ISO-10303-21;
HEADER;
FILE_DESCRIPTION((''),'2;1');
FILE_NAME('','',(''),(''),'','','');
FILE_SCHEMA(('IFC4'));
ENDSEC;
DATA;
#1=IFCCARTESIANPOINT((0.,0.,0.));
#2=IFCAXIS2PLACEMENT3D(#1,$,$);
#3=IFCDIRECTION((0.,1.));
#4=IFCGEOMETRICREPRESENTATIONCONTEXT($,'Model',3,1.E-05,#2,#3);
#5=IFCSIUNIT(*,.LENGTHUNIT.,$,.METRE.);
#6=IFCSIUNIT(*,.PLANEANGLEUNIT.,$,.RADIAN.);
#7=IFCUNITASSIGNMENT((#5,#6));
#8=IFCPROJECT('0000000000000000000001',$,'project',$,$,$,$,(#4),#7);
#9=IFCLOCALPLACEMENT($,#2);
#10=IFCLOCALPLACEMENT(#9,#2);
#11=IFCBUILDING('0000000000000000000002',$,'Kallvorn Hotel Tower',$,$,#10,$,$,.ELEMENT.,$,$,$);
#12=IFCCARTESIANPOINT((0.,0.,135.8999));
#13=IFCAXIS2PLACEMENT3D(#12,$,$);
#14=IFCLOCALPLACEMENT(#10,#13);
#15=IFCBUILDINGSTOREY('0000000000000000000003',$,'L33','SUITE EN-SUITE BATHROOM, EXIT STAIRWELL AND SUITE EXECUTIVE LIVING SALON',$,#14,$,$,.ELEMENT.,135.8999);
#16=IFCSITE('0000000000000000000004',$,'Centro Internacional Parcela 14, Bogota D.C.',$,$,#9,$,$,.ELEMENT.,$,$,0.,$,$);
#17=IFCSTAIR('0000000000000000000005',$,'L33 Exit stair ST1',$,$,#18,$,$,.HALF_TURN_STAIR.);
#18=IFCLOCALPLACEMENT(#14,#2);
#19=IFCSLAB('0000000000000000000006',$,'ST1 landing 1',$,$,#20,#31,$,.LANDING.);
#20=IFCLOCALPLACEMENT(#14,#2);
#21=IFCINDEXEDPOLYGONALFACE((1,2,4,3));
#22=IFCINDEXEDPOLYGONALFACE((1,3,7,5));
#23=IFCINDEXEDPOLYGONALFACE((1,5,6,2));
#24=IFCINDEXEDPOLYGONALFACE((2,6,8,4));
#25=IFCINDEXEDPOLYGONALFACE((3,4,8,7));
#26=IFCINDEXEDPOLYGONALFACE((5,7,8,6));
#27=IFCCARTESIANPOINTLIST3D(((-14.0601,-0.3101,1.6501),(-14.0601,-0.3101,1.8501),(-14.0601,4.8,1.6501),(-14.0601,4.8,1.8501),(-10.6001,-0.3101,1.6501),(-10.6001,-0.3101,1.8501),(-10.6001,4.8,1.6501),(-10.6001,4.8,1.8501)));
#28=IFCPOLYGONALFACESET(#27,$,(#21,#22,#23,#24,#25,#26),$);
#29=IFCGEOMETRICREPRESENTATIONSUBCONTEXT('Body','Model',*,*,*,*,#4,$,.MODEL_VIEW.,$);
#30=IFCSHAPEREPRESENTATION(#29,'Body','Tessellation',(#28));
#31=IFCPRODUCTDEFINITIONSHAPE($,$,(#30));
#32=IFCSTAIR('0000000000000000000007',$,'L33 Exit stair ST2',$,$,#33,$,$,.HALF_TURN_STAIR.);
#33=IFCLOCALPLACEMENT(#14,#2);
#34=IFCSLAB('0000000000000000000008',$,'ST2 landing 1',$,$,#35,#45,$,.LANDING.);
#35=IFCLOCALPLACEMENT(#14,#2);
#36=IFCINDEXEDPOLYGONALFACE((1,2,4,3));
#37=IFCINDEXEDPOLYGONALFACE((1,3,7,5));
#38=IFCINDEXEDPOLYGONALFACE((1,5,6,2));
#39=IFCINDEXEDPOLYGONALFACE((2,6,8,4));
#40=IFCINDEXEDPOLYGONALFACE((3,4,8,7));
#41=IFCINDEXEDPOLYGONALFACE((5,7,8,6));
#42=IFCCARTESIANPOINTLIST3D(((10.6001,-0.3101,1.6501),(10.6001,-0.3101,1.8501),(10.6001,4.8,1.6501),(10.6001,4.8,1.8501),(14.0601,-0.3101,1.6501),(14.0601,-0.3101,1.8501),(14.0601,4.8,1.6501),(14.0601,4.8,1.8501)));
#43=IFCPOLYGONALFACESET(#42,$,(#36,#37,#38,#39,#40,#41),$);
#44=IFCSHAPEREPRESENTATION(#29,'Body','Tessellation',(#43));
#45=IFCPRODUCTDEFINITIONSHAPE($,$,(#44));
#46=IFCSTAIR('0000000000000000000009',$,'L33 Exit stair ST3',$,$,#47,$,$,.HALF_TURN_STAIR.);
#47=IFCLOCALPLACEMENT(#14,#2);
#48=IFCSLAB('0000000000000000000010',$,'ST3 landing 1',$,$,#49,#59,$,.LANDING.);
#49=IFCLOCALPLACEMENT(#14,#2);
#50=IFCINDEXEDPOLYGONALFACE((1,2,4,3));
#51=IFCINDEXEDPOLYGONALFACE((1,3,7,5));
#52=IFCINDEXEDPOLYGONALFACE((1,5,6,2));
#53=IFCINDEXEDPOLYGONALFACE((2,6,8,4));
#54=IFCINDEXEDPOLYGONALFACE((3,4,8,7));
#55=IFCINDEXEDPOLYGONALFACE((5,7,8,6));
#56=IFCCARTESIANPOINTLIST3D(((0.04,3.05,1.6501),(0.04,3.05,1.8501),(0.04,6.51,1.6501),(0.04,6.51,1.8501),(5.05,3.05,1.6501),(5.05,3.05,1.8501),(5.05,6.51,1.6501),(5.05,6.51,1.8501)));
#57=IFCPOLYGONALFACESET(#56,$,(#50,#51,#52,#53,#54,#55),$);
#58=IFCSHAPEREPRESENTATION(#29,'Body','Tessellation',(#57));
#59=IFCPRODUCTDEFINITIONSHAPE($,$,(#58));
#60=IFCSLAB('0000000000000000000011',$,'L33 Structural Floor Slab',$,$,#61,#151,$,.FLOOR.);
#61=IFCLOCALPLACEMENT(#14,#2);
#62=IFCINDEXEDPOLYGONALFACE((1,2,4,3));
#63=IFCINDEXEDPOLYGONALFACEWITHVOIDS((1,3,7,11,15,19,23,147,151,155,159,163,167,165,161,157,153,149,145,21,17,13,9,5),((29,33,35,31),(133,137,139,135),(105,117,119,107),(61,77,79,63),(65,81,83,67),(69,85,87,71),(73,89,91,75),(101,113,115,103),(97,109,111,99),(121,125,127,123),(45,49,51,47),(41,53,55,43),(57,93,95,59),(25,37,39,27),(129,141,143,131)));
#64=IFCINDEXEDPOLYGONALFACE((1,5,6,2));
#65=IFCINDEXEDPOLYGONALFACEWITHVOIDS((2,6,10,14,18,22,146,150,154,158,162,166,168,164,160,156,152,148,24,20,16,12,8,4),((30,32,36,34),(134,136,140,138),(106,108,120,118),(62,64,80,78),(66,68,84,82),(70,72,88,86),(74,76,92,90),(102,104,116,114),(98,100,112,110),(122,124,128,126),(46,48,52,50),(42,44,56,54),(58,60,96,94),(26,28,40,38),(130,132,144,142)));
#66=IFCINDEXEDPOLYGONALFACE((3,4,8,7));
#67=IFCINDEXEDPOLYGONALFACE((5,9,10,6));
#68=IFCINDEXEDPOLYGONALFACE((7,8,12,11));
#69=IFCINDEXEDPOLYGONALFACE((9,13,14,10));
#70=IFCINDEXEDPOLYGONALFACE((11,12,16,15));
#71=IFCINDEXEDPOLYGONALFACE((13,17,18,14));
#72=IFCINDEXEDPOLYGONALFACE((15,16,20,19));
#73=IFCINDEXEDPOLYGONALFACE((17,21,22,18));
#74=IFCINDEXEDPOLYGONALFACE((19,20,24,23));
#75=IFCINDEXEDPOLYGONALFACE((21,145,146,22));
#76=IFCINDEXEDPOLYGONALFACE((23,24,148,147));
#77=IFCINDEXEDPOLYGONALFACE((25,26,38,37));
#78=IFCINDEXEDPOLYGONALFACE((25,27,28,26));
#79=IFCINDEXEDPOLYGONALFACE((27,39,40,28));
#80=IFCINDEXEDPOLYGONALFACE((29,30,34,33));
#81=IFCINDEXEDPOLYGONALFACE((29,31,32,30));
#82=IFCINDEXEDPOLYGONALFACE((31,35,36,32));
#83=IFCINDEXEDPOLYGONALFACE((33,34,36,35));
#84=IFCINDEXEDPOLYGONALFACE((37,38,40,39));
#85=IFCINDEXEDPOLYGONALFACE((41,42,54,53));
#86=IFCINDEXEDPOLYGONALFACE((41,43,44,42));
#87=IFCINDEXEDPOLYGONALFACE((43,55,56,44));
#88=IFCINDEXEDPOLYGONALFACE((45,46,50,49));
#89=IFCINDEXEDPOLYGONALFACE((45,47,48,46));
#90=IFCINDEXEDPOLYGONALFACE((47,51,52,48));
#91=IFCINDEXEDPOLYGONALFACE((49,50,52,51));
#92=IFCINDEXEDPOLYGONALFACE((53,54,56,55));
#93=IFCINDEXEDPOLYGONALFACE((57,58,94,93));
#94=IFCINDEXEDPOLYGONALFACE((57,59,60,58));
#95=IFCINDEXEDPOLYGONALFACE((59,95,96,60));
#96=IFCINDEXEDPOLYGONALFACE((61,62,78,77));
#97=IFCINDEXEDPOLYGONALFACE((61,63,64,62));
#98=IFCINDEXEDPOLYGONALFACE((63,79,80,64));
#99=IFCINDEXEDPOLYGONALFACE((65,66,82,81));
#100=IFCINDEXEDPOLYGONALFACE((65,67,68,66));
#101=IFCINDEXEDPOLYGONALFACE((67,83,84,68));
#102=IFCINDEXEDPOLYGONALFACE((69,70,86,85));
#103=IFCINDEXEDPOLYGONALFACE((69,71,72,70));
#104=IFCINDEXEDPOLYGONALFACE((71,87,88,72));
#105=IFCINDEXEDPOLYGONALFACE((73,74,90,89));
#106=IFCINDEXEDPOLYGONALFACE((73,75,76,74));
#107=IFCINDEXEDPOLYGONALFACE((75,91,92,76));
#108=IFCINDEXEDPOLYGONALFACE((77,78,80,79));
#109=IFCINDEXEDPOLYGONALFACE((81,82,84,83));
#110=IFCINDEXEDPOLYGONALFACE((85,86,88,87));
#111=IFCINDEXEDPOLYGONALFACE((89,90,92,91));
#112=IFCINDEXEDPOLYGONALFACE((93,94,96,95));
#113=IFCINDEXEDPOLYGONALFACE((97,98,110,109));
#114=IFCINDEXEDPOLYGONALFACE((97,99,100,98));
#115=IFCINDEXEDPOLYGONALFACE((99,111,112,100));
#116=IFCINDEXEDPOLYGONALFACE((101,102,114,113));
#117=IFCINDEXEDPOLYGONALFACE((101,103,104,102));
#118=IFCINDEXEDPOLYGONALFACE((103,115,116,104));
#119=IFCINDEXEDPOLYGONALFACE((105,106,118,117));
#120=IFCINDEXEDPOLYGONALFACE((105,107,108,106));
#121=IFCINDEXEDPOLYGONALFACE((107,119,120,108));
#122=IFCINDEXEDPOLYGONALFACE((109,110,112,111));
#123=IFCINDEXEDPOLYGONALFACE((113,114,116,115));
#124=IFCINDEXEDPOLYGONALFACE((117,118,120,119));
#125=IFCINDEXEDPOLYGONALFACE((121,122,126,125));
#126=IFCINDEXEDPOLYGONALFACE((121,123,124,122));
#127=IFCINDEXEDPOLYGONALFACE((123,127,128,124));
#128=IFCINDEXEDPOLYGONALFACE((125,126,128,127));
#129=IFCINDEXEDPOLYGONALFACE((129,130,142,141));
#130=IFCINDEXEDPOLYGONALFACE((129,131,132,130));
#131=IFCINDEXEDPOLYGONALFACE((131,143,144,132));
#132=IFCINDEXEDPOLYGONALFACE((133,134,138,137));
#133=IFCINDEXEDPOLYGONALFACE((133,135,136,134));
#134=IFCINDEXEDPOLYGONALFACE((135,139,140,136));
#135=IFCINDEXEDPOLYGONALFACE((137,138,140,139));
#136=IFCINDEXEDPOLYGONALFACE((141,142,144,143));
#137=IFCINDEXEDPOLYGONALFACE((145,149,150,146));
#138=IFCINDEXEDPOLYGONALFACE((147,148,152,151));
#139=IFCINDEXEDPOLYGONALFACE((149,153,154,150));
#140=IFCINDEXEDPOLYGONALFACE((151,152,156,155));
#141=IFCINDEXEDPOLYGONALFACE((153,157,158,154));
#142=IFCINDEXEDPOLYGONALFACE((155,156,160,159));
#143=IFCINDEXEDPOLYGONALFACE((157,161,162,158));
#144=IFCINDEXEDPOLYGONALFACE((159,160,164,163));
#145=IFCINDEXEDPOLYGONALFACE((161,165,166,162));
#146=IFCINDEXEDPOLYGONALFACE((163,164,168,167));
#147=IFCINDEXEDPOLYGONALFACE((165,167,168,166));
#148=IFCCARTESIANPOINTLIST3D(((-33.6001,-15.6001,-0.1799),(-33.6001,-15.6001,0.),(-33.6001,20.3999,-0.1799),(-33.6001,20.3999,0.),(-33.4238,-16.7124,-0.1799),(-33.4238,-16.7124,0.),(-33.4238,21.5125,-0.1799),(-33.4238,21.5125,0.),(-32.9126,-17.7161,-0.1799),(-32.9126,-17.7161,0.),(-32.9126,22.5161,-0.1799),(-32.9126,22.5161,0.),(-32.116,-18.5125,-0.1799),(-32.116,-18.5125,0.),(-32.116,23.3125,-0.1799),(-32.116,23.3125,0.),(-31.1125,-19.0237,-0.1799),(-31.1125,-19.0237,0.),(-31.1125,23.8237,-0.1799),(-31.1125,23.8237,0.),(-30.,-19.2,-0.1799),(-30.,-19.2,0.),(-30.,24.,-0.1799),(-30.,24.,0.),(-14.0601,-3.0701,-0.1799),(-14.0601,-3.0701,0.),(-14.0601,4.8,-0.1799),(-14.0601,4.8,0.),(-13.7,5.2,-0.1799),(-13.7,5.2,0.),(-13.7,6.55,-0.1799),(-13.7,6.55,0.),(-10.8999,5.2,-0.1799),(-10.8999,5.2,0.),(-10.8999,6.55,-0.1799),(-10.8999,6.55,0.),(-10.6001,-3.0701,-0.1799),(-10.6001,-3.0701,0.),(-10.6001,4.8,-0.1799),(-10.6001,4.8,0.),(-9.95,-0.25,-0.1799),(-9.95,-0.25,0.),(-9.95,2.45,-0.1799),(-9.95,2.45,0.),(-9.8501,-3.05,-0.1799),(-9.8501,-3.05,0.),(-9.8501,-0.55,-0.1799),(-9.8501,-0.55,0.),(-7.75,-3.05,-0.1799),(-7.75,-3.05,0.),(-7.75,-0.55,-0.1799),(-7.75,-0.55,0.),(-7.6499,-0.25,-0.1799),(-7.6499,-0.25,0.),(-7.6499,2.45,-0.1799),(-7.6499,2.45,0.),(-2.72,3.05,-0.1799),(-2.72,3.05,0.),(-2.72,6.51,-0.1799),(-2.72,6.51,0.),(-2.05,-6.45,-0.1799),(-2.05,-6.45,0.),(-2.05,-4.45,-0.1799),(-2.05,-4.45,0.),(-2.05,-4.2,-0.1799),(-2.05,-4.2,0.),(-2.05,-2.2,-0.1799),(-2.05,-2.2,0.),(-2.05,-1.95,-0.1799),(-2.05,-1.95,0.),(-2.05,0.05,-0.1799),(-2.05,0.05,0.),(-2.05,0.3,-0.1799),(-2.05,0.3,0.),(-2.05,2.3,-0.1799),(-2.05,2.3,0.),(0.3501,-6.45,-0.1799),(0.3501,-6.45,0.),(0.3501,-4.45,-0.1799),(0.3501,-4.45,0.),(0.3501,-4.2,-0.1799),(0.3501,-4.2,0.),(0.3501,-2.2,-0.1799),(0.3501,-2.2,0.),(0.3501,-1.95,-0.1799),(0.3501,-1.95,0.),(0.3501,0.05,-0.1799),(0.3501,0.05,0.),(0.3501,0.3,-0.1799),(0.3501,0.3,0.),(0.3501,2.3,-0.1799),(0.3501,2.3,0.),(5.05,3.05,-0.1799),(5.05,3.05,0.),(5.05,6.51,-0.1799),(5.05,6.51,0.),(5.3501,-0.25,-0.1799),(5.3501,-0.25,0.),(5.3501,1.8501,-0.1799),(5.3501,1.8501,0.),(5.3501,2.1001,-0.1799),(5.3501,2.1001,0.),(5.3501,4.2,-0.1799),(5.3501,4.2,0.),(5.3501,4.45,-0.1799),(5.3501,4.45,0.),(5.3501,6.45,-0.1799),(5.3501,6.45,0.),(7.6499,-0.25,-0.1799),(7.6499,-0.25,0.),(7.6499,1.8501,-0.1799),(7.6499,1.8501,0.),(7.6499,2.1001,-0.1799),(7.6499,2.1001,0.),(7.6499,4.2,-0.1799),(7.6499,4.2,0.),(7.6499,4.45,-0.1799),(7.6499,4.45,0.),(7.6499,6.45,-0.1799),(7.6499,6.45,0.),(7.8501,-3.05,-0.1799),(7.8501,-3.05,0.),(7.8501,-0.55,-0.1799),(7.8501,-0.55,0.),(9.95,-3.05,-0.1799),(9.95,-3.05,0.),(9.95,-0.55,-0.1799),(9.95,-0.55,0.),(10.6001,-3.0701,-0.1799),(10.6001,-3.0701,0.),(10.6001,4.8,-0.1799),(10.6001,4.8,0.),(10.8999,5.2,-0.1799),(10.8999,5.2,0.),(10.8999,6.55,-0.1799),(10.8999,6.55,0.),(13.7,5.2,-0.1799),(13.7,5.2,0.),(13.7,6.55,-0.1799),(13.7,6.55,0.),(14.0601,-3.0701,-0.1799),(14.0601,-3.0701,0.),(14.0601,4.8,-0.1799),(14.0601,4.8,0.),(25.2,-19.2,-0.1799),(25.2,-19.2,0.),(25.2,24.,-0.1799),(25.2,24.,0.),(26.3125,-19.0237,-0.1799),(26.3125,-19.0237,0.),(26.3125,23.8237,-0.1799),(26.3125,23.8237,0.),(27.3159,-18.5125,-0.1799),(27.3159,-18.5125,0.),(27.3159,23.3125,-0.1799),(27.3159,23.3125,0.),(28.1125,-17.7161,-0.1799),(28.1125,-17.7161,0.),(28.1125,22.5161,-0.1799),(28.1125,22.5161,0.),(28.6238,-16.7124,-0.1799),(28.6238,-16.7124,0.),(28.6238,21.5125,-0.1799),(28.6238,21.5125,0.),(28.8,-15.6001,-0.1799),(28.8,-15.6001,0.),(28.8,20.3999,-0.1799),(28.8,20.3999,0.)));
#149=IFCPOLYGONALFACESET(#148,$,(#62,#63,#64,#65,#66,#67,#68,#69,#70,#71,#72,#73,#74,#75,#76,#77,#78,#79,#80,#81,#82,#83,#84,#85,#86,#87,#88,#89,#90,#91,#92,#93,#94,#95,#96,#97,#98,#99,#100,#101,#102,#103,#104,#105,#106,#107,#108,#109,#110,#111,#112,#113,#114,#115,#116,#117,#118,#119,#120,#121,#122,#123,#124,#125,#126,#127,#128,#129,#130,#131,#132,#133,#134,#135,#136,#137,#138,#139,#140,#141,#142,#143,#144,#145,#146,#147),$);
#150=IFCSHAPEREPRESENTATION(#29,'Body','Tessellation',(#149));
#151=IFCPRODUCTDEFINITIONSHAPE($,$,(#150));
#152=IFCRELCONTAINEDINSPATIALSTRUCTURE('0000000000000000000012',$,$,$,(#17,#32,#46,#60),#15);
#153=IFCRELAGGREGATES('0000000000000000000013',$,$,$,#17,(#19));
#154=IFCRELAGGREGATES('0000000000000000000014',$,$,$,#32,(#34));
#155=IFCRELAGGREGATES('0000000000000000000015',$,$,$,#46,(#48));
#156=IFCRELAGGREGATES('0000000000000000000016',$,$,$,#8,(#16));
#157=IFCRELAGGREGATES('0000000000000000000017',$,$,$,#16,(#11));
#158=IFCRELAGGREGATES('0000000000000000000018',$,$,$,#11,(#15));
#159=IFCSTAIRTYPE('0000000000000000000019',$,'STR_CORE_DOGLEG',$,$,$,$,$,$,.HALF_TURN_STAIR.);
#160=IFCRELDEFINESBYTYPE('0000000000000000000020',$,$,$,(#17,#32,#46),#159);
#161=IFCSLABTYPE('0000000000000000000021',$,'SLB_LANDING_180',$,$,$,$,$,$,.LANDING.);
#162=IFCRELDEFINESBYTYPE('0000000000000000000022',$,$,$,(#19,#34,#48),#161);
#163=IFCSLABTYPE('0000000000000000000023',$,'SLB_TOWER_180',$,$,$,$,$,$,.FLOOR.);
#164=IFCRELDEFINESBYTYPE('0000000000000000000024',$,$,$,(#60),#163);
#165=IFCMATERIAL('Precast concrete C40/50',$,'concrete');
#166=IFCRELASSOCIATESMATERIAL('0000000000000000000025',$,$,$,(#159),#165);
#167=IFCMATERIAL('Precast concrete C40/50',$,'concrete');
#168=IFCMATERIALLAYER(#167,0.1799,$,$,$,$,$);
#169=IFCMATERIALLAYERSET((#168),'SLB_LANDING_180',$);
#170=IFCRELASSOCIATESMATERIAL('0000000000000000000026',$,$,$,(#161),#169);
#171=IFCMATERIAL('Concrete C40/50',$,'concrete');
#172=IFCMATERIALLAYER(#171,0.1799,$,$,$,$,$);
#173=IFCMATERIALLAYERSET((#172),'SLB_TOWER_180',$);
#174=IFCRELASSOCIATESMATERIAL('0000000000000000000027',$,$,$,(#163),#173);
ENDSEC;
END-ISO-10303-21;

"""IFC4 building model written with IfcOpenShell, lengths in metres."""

from ifc_helpers import new_model, si_unit, direction, frame, origin, place, context, subcontext, project, spatial, polyline, outline, extrude, material, layer, layer_set, type_object, element, aggregate, save


model = new_model("IFC4")

# Units and contexts
model_context = context("Model", 3, precision=1e-05, world=origin(), true_north=direction((0.0, 1.0)))
body_context = subcontext(model_context, "Body", "Model", "MODEL_VIEW")
ifc_project = project(units=[si_unit("LENGTHUNIT", "METRE"), si_unit("PLANEANGLEUNIT", "RADIAN")], contexts=[model_context])

# Site, building, storey
site_placement = place(None, origin())
site = spatial("IfcSite", under=ifc_project, at=site_placement, Name="Centro Internacional Parcela 14, Bogota D.C.", CompositionType="ELEMENT", RefElevation=0.0)
building_placement = place(site_placement, origin())
building = spatial("IfcBuilding", under=site, at=building_placement, Name="Kallvorn Hotel Tower", CompositionType="ELEMENT")
storey_placement = place(building_placement, frame((0.0, 0.0, 135.8999)))
storey = spatial("IfcBuildingStorey", under=building, at=storey_placement, Name="L33", Description="SUITE EN-SUITE BATHROOM, EXIT STAIRWELL AND SUITE EXECUTIVE LIVING SALON", CompositionType="ELEMENT", Elevation=135.8999)

# Stairs, slabs
ifc_material_1 = material(Name="Precast concrete C40/50", Category="concrete")
stair_type = type_object("IfcStairType", Name="STR_CORE_DOGLEG", PredefinedType="HALF_TURN_STAIR", material=ifc_material_1)
stair_1_placement = place(storey_placement, origin())
stair_1 = element("IfcStair", 1, at=stair_1_placement, inside=storey, type_object=stair_type, Name="L33 Exit stair ST1", PredefinedType="HALF_TURN_STAIR")
ifc_material_2 = material(Name="Precast concrete C40/50", Category="concrete")
ifc_layer_1 = layer(ifc_material_2, 0.1799)
ifc_layer_set_1 = layer_set([ifc_layer_1], Name="SLB_LANDING_180")
slab_type_1 = type_object("IfcSlabType", Name="SLB_LANDING_180", PredefinedType="LANDING", material=ifc_layer_set_1)
slab_1_placement = place(storey_placement, frame((0.0, 0.0, 1.6501)))
slab_1 = element("IfcSlab", 2, at=slab_1_placement, type_object=slab_type_1, Name="ST1 landing 1", PredefinedType="LANDING", context=body_context, shape_type="SweptSolid", body=[
    extrude(outline(polyline([(-10.6001, -0.3101), (-10.6001, 4.8), (-14.0601, 4.8), (-14.0601, -0.3101), (-10.6001, -0.3101)])), origin(), (0.0, 0.0, 1.0), 0.2),
])
aggregate(stair_1, [slab_1])
stair_2_placement = place(storey_placement, origin())
stair_2 = element("IfcStair", 3, at=stair_2_placement, inside=storey, type_object=stair_type, Name="L33 Exit stair ST2", PredefinedType="HALF_TURN_STAIR")
slab_2_placement = place(storey_placement, frame((0.0, 0.0, 1.6501)))
slab_2 = element("IfcSlab", 4, at=slab_2_placement, type_object=slab_type_1, Name="ST2 landing 1", PredefinedType="LANDING", context=body_context, shape_type="SweptSolid", body=[
    extrude(outline(polyline([(14.0601, -0.3101), (14.0601, 4.8), (10.6001, 4.8), (10.6001, -0.3101), (14.0601, -0.3101)])), origin(), (0.0, 0.0, 1.0), 0.2),
])
aggregate(stair_2, [slab_2])
stair_3_placement = place(storey_placement, origin())
stair_3 = element("IfcStair", 5, at=stair_3_placement, inside=storey, type_object=stair_type, Name="L33 Exit stair ST3", PredefinedType="HALF_TURN_STAIR")
slab_3_placement = place(storey_placement, frame((0.0, 0.0, 1.6501)))
slab_3 = element("IfcSlab", 6, at=slab_3_placement, type_object=slab_type_1, Name="ST3 landing 1", PredefinedType="LANDING", context=body_context, shape_type="SweptSolid", body=[
    extrude(outline(polyline([(0.04, 3.05), (5.05, 3.05), (5.05, 6.51), (0.04, 6.51), (0.04, 3.05)])), origin(), (0.0, 0.0, 1.0), 0.2),
])
aggregate(stair_3, [slab_3])

# Slab
ifc_material_3 = material(Name="Concrete C40/50", Category="concrete")
ifc_layer_2 = layer(ifc_material_3, 0.1799)
ifc_layer_set_2 = layer_set([ifc_layer_2], Name="SLB_TOWER_180")
slab_type_2 = type_object("IfcSlabType", Name="SLB_TOWER_180", PredefinedType="FLOOR", material=ifc_layer_set_2)
slab_4_placement = place(storey_placement, frame((0.0, 0.0, -0.1799)))
element("IfcSlab", 7, at=slab_4_placement, inside=storey, type_object=slab_type_2, Name="L33 Structural Floor Slab", PredefinedType="FLOOR", context=body_context, shape_type="SweptSolid", body=[
    extrude(outline(polyline([(25.2, -19.2), (26.3125, -19.0237), (27.3159, -18.5125), (28.1125, -17.7161), (28.6238, -16.7124), (28.8, -15.6001), (28.8, 20.3999), (28.6238, 21.5125), (28.1125, 22.5161), (27.3159, 23.3125), (26.3125, 23.8237), (25.2, 24.0), (-30.0, 24.0), (-31.1125, 23.8237), (-32.116, 23.3125), (-32.9126, 22.5161), (-33.4238, 21.5125), (-33.6001, 20.3999), (-33.6001, -15.6001), (-33.4238, -16.7124), (-32.9126, -17.7161), (-32.116, -18.5125), (-31.1125, -19.0237), (-30.0, -19.2), (25.2, -19.2)]), holes=[polyline([(-10.6001, -3.0701), (-10.6001, 4.8), (-14.0601, 4.8), (-14.0601, -3.0701), (-10.6001, -3.0701)]), polyline([(14.0601, -3.0701), (14.0601, 4.8), (10.6001, 4.8), (10.6001, -3.0701), (14.0601, -3.0701)]), polyline([(-2.72, 3.05), (5.05, 3.05), (5.05, 6.51), (-2.72, 6.51), (-2.72, 3.05)]), polyline([(-2.05, -6.45), (0.3501, -6.45), (0.3501, -4.45), (-2.05, -4.45), (-2.05, -6.45)]), polyline([(-2.05, -4.2), (0.3501, -4.2), (0.3501, -2.2), (-2.05, -2.2), (-2.05, -4.2)]), polyline([(-2.05, -1.95), (0.3501, -1.95), (0.3501, 0.05), (-2.05, 0.05), (-2.05, -1.95)]), polyline([(-2.05, 0.3), (0.3501, 0.3), (0.3501, 2.3), (-2.05, 2.3), (-2.05, 0.3)]), polyline([(5.3501, -0.25), (7.6499, -0.25), (7.6499, 1.8501), (5.3501, 1.8501), (5.3501, -0.25)]), polyline([(5.3501, 2.1001), (7.6499, 2.1001), (7.6499, 4.2), (5.3501, 4.2), (5.3501, 2.1001)]), polyline([(5.3501, 4.45), (7.6499, 4.45), (7.6499, 6.45), (5.3501, 6.45), (5.3501, 4.45)]), polyline([(-9.8501, -3.05), (-7.75, -3.05), (-7.75, -0.55), (-9.8501, -0.55), (-9.8501, -3.05)]), polyline([(7.8501, -3.05), (9.95, -3.05), (9.95, -0.55), (7.8501, -0.55), (7.8501, -3.05)]), polyline([(-9.95, -0.25), (-7.6499, -0.25), (-7.6499, 2.45), (-9.95, 2.45), (-9.95, -0.25)]), polyline([(-13.7, 5.2), (-10.8999, 5.2), (-10.8999, 6.55), (-13.7, 6.55), (-13.7, 5.2)]), polyline([(10.8999, 5.2), (13.7, 5.2), (13.7, 6.55), (10.8999, 6.55), (10.8999, 5.2)])]), origin(), (0.0, 0.0, 1.0), 0.1799),
])

save(model, "model.ifc")
